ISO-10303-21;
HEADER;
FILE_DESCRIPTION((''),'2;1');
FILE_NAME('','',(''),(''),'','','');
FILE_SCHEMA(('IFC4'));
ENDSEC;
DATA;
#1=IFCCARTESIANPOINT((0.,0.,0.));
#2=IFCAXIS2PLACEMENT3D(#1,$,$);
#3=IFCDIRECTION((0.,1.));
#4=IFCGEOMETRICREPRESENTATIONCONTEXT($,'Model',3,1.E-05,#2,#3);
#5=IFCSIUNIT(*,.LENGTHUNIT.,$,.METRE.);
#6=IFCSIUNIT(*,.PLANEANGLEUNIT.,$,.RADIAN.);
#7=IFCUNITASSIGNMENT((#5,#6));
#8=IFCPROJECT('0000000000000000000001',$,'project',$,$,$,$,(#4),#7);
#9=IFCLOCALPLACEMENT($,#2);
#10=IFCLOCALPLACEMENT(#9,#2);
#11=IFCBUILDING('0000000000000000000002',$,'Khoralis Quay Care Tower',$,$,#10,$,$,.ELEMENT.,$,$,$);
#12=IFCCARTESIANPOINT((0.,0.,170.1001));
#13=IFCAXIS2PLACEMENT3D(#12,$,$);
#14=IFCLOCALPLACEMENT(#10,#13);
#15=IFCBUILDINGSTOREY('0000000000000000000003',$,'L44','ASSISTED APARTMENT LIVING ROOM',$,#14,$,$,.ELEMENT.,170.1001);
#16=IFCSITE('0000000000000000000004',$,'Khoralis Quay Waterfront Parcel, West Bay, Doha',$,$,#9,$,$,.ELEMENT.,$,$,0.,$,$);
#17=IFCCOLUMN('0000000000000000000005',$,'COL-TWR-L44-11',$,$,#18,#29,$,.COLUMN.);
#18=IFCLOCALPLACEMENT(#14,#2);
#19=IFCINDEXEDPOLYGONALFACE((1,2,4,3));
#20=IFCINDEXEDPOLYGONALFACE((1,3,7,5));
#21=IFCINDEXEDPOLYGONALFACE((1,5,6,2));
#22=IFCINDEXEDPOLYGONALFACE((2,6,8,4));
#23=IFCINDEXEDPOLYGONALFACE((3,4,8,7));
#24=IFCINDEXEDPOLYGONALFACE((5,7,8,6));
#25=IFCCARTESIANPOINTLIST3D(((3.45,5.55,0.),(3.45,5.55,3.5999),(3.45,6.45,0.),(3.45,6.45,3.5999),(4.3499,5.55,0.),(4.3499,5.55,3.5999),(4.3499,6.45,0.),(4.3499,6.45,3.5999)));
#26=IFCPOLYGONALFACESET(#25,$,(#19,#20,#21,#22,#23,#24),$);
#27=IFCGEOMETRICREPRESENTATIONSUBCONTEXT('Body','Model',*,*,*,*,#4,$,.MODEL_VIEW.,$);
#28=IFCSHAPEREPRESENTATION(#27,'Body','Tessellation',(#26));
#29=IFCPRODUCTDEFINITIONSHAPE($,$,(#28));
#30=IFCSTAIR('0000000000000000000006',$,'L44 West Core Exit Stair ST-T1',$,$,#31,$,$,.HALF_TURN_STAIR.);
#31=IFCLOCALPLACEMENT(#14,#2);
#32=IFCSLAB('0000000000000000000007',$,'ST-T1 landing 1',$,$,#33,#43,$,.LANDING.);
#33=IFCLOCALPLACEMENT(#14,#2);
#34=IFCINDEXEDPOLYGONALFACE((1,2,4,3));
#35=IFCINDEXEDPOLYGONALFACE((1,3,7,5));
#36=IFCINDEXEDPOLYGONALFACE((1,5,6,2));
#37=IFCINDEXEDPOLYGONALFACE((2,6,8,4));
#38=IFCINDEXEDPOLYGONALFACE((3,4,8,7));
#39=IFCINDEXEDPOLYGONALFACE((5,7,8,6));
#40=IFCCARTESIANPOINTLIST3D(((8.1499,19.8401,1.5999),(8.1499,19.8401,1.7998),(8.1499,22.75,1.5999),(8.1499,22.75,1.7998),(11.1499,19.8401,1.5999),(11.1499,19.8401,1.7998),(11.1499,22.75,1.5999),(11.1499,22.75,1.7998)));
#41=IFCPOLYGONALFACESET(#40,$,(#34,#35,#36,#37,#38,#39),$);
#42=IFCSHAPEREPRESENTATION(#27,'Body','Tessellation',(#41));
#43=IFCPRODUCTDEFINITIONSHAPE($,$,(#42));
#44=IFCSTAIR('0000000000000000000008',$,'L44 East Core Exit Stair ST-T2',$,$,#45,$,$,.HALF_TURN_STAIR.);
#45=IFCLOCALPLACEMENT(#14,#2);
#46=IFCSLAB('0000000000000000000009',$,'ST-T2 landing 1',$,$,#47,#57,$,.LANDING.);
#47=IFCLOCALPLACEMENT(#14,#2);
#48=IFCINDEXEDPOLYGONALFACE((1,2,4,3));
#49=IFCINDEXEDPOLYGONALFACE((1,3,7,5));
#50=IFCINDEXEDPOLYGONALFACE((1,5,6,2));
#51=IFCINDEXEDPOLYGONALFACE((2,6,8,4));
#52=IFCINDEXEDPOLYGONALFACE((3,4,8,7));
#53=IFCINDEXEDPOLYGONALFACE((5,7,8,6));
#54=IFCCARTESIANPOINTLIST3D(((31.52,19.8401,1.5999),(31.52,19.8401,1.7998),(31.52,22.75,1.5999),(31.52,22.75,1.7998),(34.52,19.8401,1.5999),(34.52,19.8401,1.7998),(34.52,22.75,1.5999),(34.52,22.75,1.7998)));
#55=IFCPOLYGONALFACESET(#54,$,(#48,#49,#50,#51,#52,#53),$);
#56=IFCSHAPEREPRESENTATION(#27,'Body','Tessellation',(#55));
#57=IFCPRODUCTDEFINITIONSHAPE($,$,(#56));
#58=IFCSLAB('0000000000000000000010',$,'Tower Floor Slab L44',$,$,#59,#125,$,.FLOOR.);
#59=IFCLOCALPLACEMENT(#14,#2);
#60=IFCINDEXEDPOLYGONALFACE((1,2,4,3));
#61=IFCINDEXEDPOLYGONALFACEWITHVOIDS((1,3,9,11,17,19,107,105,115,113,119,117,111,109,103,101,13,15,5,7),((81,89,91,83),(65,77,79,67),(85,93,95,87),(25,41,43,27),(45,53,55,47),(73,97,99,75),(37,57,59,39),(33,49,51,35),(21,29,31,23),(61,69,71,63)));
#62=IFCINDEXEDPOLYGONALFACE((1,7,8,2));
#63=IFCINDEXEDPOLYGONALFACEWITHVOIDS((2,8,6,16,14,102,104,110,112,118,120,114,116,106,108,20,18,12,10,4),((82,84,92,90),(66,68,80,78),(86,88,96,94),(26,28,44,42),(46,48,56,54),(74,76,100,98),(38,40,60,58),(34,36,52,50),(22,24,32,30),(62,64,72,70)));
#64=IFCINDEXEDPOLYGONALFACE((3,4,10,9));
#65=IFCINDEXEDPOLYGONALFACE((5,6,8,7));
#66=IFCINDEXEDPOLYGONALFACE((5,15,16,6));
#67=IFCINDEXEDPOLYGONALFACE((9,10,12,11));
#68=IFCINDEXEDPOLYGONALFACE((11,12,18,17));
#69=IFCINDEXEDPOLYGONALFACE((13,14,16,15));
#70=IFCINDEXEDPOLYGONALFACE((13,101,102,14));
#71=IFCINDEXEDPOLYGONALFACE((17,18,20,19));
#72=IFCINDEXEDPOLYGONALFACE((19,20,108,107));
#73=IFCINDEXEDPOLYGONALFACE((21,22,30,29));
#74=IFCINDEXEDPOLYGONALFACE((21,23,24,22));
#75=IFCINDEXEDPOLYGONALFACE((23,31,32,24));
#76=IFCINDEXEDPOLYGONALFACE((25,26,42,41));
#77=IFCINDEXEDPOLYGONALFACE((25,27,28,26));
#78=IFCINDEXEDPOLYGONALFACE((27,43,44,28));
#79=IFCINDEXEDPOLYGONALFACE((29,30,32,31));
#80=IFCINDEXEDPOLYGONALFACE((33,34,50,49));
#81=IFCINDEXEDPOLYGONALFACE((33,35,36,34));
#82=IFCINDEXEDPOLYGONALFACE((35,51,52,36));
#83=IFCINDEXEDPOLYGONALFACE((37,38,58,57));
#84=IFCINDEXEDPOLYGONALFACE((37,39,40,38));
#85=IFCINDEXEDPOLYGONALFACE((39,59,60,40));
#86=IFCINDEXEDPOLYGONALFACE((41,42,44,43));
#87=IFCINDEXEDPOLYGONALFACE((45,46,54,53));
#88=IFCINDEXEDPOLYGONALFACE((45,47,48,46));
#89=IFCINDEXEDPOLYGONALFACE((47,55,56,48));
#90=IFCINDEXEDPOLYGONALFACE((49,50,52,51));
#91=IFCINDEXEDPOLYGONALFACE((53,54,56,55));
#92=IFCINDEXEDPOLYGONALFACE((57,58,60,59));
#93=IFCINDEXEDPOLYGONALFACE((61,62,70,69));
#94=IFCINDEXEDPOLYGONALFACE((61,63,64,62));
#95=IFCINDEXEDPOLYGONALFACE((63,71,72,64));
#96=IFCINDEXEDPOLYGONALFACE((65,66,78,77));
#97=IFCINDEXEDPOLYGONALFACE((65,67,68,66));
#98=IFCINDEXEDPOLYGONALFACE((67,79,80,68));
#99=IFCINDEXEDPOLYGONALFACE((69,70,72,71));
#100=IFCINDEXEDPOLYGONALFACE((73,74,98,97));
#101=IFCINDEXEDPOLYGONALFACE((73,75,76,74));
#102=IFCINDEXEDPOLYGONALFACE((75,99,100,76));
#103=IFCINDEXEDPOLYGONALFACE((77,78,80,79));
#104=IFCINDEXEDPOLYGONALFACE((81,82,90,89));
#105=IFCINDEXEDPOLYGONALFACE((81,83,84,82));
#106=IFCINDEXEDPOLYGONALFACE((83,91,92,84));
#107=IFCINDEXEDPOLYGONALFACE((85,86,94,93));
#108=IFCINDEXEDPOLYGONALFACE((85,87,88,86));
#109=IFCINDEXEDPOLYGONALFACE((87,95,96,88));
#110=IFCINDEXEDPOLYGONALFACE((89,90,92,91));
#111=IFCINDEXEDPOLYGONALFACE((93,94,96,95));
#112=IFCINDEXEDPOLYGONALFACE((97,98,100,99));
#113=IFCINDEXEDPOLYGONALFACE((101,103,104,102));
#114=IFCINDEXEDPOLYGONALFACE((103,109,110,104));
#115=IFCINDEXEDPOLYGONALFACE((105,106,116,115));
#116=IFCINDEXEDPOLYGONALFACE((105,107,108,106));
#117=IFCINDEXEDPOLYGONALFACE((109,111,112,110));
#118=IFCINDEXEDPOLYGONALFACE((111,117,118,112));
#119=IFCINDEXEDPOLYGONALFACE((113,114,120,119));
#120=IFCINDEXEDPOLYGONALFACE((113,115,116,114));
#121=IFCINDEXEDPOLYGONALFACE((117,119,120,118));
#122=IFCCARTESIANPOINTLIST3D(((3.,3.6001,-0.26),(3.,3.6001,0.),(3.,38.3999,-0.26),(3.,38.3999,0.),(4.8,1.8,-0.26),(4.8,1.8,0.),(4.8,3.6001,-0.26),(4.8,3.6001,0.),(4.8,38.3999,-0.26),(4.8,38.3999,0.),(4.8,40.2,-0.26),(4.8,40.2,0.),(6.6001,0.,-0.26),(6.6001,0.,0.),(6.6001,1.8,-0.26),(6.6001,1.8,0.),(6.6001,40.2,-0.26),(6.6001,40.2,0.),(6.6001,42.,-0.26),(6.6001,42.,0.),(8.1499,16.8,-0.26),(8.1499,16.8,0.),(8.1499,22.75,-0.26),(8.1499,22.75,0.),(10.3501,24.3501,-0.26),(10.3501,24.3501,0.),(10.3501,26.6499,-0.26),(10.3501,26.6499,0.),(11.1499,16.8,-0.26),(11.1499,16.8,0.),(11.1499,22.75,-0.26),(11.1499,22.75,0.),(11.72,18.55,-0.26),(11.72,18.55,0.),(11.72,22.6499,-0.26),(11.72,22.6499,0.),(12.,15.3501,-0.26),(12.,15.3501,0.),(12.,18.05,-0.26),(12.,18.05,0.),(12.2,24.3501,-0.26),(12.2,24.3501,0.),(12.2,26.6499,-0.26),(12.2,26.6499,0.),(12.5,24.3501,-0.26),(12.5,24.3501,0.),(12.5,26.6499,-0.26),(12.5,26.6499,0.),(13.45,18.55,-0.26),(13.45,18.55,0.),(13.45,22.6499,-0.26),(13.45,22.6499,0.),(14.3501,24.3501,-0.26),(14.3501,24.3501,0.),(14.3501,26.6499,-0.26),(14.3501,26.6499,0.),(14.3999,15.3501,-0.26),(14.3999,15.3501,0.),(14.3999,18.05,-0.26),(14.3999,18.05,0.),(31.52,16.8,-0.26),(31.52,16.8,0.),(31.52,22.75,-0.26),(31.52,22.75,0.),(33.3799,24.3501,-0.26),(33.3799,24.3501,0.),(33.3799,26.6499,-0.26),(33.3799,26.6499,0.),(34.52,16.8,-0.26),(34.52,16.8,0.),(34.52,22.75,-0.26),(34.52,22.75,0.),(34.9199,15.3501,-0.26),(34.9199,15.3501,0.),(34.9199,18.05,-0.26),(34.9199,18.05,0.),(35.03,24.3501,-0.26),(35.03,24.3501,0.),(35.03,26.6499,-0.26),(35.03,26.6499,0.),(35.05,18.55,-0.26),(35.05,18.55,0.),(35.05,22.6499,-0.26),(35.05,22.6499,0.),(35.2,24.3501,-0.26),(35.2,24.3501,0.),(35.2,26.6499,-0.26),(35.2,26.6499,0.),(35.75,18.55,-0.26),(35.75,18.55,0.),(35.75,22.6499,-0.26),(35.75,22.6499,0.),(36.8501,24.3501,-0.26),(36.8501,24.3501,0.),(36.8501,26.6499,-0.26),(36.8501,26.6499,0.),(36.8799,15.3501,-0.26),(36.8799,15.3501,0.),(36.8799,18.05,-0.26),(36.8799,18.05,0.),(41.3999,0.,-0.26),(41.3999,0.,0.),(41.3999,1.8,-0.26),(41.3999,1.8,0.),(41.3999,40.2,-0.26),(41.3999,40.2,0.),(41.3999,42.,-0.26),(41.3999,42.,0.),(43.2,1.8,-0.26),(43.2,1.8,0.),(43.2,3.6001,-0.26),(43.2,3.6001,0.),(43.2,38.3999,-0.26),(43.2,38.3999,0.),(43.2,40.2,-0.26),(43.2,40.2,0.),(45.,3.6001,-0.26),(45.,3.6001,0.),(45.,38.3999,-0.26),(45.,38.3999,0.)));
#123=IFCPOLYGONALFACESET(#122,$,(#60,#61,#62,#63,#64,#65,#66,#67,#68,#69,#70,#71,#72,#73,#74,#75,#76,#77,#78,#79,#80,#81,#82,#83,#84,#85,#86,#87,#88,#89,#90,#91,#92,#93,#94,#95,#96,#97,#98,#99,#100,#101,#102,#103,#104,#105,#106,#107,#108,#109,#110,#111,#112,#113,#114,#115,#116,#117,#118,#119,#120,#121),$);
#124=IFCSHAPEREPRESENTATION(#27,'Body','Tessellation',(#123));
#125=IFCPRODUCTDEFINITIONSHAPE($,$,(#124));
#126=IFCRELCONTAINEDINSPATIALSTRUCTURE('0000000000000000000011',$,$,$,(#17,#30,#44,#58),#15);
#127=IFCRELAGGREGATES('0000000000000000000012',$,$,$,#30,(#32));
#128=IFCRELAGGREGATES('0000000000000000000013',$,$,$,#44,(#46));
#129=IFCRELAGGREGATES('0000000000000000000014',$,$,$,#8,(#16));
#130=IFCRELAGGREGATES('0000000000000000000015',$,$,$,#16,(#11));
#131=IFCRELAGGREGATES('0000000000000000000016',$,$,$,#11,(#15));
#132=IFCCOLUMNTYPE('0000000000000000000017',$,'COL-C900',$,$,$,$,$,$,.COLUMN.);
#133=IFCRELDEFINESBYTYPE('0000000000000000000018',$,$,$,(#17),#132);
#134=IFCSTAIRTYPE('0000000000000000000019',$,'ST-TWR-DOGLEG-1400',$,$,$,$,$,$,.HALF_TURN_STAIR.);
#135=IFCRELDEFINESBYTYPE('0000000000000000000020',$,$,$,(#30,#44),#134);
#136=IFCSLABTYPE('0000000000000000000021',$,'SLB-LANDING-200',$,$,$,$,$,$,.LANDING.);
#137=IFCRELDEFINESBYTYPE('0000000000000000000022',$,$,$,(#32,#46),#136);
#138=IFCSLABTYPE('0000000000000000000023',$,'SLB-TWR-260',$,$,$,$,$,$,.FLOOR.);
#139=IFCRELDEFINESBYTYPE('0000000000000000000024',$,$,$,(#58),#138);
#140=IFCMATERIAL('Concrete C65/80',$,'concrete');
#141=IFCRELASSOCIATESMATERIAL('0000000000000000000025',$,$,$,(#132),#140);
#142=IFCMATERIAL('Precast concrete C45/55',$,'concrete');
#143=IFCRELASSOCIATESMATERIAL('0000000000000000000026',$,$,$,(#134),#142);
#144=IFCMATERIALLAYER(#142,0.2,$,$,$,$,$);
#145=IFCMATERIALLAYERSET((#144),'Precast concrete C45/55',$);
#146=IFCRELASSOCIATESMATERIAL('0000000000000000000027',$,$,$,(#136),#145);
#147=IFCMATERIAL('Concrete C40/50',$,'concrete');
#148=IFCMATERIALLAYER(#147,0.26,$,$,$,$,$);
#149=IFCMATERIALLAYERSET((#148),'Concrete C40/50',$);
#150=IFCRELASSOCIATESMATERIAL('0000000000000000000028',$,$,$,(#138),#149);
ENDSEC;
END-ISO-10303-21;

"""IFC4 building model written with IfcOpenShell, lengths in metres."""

from ifc_helpers import new_model, si_unit, direction, frame, origin, origin_2d, place, context, subcontext, project, spatial, polyline, rectangle, outline, extrude, source, transform, mapped, material, layer, layer_set, material_profile, profile_set, type_object, element, aggregate, save


model = new_model("IFC4")

# Units and contexts
model_context = context("Model", 3, precision=1e-05, world=origin(), true_north=direction((0.0, 1.0)))
body_context = subcontext(model_context, "Body", "Model", "MODEL_VIEW")
ifc_project = project(units=[si_unit("LENGTHUNIT", "METRE"), si_unit("PLANEANGLEUNIT", "RADIAN")], contexts=[model_context])

# Site, building, storey
site_placement = place(None, origin())
site = spatial("IfcSite", under=ifc_project, at=site_placement, Name="Khoralis Quay Waterfront Parcel, West Bay, Doha", CompositionType="ELEMENT", RefElevation=0.0)
building_placement = place(site_placement, origin())
building = spatial("IfcBuilding", under=site, at=building_placement, Name="Khoralis Quay Care Tower", CompositionType="ELEMENT")
storey_placement = place(building_placement, frame((0.0, 0.0, 170.1001)))
storey = spatial("IfcBuildingStorey", under=building, at=storey_placement, Name="L44", Description="ASSISTED APARTMENT LIVING ROOM", CompositionType="ELEMENT", Elevation=170.1001)

# Column
ifc_material_1 = material(Name="Concrete C65/80", Category="concrete")
ifc_material_profile = material_profile(ifc_material_1, rectangle(XDim=0.8999, YDim=0.8999, at=origin_2d()), Name="Concrete C65/80")
ifc_profile_set = profile_set([ifc_material_profile], Name="Concrete C65/80")
column_type = type_object("IfcColumnType", Name="COL-C900", PredefinedType="COLUMN", material=ifc_profile_set)
shared_shape_1 = source(origin(), body_context, "Body", "SweptSolid", [
    extrude(rectangle(XDim=0.8999, YDim=0.8999, at=origin_2d()), origin(), (0.0, 0.0, 1.0), 3.5999),
])
column_placement = place(storey_placement, frame((3.8999, 6.0, 0.0), z_axis=(0.0, 0.0, 1.0), x_axis=(1.0, 0.0, 0.0)))
element("IfcColumn", 1, at=column_placement, inside=storey, type_object=column_type, Name="COL-TWR-L44-11", PredefinedType="COLUMN", context=body_context, shape_type="MappedRepresentation", body=[
    mapped(shared_shape_1, transform((0.0, 0.0, 0.0), scale=1.0)),
])

# Stairs, slabs
ifc_material_2 = material(Name="Precast concrete C45/55", Category="concrete")
stair_type = type_object("IfcStairType", Name="ST-TWR-DOGLEG-1400", PredefinedType="HALF_TURN_STAIR", material=ifc_material_2)
stair_1_placement = place(storey_placement, origin())
stair_1 = element("IfcStair", 2, at=stair_1_placement, inside=storey, type_object=stair_type, Name="L44 West Core Exit Stair ST-T1", PredefinedType="HALF_TURN_STAIR")
ifc_layer_1 = layer(ifc_material_2, 0.2)
ifc_layer_set_1 = layer_set([ifc_layer_1], Name="Precast concrete C45/55")
slab_type_1 = type_object("IfcSlabType", Name="SLB-LANDING-200", PredefinedType="LANDING", material=ifc_layer_set_1)
slab_1_placement = place(storey_placement, frame((0.0, 0.0, 1.5999)))
slab_1 = element("IfcSlab", 3, at=slab_1_placement, type_object=slab_type_1, Name="ST-T1 landing 1", PredefinedType="LANDING", context=body_context, shape_type="SweptSolid", body=[
    extrude(outline(polyline([(11.1499, 19.8401), (11.1499, 22.75), (8.1499, 22.75), (8.1499, 19.8401), (11.1499, 19.8401)])), origin(), (0.0, 0.0, 1.0), 0.2),
])
aggregate(stair_1, [slab_1])
stair_2_placement = place(storey_placement, origin())
stair_2 = element("IfcStair", 4, at=stair_2_placement, inside=storey, type_object=stair_type, Name="L44 East Core Exit Stair ST-T2", PredefinedType="HALF_TURN_STAIR")
slab_2_placement = place(storey_placement, frame((0.0, 0.0, 1.5999)))
slab_2 = element("IfcSlab", 5, at=slab_2_placement, type_object=slab_type_1, Name="ST-T2 landing 1", PredefinedType="LANDING", context=body_context, shape_type="SweptSolid", body=[
    extrude(outline(polyline([(34.52, 19.8401), (34.52, 22.75), (31.52, 22.75), (31.52, 19.8401), (34.52, 19.8401)])), origin(), (0.0, 0.0, 1.0), 0.2),
])
aggregate(stair_2, [slab_2])

# Slab
ifc_material_3 = material(Name="Concrete C40/50", Category="concrete")
ifc_layer_2 = layer(ifc_material_3, 0.26)
ifc_layer_set_2 = layer_set([ifc_layer_2], Name="Concrete C40/50")
slab_type_2 = type_object("IfcSlabType", Name="SLB-TWR-260", PredefinedType="FLOOR", material=ifc_layer_set_2)
slab_3_placement = place(storey_placement, frame((0.0, 0.0, -0.26)))
element("IfcSlab", 6, at=slab_3_placement, inside=storey, type_object=slab_type_2, Name="Tower Floor Slab L44", PredefinedType="FLOOR", context=body_context, shape_type="SweptSolid", body=[
    extrude(outline(polyline([(6.6001, 0.0), (41.3999, 0.0), (41.3999, 1.8), (43.2, 1.8), (43.2, 3.6001), (45.0, 3.6001), (45.0, 38.3999), (43.2, 38.3999), (43.2, 40.2), (41.3999, 40.2), (41.3999, 42.0), (6.6001, 42.0), (6.6001, 40.2), (4.8, 40.2), (4.8, 38.3999), (3.0, 38.3999), (3.0, 3.6001), (4.8, 3.6001), (4.8, 1.8), (6.6001, 1.8), (6.6001, 0.0)]), holes=[polyline([(11.1499, 16.8), (11.1499, 22.75), (8.1499, 22.75), (8.1499, 16.8), (11.1499, 16.8)]), polyline([(34.52, 16.8), (34.52, 22.75), (31.52, 22.75), (31.52, 16.8), (34.52, 16.8)]), polyline([(12.0, 15.3501), (14.3999, 15.3501), (14.3999, 18.05), (12.0, 18.05), (12.0, 15.3501)]), polyline([(34.9199, 15.3501), (36.8799, 15.3501), (36.8799, 18.05), (34.9199, 18.05), (34.9199, 15.3501)]), polyline([(10.3501, 24.3501), (12.2, 24.3501), (12.2, 26.6499), (10.3501, 26.6499), (10.3501, 24.3501)]), polyline([(33.3799, 24.3501), (35.03, 24.3501), (35.03, 26.6499), (33.3799, 26.6499), (33.3799, 24.3501)]), polyline([(12.5, 24.3501), (14.3501, 24.3501), (14.3501, 26.6499), (12.5, 26.6499), (12.5, 24.3501)]), polyline([(35.2, 24.3501), (36.8501, 24.3501), (36.8501, 26.6499), (35.2, 26.6499), (35.2, 24.3501)]), polyline([(11.72, 18.55), (13.45, 18.55), (13.45, 22.6499), (11.72, 22.6499), (11.72, 18.55)]), polyline([(35.05, 18.55), (35.75, 18.55), (35.75, 22.6499), (35.05, 22.6499), (35.05, 18.55)])]), origin(), (0.0, 0.0, 1.0), 0.26),
])

save(model, "model.ifc")
